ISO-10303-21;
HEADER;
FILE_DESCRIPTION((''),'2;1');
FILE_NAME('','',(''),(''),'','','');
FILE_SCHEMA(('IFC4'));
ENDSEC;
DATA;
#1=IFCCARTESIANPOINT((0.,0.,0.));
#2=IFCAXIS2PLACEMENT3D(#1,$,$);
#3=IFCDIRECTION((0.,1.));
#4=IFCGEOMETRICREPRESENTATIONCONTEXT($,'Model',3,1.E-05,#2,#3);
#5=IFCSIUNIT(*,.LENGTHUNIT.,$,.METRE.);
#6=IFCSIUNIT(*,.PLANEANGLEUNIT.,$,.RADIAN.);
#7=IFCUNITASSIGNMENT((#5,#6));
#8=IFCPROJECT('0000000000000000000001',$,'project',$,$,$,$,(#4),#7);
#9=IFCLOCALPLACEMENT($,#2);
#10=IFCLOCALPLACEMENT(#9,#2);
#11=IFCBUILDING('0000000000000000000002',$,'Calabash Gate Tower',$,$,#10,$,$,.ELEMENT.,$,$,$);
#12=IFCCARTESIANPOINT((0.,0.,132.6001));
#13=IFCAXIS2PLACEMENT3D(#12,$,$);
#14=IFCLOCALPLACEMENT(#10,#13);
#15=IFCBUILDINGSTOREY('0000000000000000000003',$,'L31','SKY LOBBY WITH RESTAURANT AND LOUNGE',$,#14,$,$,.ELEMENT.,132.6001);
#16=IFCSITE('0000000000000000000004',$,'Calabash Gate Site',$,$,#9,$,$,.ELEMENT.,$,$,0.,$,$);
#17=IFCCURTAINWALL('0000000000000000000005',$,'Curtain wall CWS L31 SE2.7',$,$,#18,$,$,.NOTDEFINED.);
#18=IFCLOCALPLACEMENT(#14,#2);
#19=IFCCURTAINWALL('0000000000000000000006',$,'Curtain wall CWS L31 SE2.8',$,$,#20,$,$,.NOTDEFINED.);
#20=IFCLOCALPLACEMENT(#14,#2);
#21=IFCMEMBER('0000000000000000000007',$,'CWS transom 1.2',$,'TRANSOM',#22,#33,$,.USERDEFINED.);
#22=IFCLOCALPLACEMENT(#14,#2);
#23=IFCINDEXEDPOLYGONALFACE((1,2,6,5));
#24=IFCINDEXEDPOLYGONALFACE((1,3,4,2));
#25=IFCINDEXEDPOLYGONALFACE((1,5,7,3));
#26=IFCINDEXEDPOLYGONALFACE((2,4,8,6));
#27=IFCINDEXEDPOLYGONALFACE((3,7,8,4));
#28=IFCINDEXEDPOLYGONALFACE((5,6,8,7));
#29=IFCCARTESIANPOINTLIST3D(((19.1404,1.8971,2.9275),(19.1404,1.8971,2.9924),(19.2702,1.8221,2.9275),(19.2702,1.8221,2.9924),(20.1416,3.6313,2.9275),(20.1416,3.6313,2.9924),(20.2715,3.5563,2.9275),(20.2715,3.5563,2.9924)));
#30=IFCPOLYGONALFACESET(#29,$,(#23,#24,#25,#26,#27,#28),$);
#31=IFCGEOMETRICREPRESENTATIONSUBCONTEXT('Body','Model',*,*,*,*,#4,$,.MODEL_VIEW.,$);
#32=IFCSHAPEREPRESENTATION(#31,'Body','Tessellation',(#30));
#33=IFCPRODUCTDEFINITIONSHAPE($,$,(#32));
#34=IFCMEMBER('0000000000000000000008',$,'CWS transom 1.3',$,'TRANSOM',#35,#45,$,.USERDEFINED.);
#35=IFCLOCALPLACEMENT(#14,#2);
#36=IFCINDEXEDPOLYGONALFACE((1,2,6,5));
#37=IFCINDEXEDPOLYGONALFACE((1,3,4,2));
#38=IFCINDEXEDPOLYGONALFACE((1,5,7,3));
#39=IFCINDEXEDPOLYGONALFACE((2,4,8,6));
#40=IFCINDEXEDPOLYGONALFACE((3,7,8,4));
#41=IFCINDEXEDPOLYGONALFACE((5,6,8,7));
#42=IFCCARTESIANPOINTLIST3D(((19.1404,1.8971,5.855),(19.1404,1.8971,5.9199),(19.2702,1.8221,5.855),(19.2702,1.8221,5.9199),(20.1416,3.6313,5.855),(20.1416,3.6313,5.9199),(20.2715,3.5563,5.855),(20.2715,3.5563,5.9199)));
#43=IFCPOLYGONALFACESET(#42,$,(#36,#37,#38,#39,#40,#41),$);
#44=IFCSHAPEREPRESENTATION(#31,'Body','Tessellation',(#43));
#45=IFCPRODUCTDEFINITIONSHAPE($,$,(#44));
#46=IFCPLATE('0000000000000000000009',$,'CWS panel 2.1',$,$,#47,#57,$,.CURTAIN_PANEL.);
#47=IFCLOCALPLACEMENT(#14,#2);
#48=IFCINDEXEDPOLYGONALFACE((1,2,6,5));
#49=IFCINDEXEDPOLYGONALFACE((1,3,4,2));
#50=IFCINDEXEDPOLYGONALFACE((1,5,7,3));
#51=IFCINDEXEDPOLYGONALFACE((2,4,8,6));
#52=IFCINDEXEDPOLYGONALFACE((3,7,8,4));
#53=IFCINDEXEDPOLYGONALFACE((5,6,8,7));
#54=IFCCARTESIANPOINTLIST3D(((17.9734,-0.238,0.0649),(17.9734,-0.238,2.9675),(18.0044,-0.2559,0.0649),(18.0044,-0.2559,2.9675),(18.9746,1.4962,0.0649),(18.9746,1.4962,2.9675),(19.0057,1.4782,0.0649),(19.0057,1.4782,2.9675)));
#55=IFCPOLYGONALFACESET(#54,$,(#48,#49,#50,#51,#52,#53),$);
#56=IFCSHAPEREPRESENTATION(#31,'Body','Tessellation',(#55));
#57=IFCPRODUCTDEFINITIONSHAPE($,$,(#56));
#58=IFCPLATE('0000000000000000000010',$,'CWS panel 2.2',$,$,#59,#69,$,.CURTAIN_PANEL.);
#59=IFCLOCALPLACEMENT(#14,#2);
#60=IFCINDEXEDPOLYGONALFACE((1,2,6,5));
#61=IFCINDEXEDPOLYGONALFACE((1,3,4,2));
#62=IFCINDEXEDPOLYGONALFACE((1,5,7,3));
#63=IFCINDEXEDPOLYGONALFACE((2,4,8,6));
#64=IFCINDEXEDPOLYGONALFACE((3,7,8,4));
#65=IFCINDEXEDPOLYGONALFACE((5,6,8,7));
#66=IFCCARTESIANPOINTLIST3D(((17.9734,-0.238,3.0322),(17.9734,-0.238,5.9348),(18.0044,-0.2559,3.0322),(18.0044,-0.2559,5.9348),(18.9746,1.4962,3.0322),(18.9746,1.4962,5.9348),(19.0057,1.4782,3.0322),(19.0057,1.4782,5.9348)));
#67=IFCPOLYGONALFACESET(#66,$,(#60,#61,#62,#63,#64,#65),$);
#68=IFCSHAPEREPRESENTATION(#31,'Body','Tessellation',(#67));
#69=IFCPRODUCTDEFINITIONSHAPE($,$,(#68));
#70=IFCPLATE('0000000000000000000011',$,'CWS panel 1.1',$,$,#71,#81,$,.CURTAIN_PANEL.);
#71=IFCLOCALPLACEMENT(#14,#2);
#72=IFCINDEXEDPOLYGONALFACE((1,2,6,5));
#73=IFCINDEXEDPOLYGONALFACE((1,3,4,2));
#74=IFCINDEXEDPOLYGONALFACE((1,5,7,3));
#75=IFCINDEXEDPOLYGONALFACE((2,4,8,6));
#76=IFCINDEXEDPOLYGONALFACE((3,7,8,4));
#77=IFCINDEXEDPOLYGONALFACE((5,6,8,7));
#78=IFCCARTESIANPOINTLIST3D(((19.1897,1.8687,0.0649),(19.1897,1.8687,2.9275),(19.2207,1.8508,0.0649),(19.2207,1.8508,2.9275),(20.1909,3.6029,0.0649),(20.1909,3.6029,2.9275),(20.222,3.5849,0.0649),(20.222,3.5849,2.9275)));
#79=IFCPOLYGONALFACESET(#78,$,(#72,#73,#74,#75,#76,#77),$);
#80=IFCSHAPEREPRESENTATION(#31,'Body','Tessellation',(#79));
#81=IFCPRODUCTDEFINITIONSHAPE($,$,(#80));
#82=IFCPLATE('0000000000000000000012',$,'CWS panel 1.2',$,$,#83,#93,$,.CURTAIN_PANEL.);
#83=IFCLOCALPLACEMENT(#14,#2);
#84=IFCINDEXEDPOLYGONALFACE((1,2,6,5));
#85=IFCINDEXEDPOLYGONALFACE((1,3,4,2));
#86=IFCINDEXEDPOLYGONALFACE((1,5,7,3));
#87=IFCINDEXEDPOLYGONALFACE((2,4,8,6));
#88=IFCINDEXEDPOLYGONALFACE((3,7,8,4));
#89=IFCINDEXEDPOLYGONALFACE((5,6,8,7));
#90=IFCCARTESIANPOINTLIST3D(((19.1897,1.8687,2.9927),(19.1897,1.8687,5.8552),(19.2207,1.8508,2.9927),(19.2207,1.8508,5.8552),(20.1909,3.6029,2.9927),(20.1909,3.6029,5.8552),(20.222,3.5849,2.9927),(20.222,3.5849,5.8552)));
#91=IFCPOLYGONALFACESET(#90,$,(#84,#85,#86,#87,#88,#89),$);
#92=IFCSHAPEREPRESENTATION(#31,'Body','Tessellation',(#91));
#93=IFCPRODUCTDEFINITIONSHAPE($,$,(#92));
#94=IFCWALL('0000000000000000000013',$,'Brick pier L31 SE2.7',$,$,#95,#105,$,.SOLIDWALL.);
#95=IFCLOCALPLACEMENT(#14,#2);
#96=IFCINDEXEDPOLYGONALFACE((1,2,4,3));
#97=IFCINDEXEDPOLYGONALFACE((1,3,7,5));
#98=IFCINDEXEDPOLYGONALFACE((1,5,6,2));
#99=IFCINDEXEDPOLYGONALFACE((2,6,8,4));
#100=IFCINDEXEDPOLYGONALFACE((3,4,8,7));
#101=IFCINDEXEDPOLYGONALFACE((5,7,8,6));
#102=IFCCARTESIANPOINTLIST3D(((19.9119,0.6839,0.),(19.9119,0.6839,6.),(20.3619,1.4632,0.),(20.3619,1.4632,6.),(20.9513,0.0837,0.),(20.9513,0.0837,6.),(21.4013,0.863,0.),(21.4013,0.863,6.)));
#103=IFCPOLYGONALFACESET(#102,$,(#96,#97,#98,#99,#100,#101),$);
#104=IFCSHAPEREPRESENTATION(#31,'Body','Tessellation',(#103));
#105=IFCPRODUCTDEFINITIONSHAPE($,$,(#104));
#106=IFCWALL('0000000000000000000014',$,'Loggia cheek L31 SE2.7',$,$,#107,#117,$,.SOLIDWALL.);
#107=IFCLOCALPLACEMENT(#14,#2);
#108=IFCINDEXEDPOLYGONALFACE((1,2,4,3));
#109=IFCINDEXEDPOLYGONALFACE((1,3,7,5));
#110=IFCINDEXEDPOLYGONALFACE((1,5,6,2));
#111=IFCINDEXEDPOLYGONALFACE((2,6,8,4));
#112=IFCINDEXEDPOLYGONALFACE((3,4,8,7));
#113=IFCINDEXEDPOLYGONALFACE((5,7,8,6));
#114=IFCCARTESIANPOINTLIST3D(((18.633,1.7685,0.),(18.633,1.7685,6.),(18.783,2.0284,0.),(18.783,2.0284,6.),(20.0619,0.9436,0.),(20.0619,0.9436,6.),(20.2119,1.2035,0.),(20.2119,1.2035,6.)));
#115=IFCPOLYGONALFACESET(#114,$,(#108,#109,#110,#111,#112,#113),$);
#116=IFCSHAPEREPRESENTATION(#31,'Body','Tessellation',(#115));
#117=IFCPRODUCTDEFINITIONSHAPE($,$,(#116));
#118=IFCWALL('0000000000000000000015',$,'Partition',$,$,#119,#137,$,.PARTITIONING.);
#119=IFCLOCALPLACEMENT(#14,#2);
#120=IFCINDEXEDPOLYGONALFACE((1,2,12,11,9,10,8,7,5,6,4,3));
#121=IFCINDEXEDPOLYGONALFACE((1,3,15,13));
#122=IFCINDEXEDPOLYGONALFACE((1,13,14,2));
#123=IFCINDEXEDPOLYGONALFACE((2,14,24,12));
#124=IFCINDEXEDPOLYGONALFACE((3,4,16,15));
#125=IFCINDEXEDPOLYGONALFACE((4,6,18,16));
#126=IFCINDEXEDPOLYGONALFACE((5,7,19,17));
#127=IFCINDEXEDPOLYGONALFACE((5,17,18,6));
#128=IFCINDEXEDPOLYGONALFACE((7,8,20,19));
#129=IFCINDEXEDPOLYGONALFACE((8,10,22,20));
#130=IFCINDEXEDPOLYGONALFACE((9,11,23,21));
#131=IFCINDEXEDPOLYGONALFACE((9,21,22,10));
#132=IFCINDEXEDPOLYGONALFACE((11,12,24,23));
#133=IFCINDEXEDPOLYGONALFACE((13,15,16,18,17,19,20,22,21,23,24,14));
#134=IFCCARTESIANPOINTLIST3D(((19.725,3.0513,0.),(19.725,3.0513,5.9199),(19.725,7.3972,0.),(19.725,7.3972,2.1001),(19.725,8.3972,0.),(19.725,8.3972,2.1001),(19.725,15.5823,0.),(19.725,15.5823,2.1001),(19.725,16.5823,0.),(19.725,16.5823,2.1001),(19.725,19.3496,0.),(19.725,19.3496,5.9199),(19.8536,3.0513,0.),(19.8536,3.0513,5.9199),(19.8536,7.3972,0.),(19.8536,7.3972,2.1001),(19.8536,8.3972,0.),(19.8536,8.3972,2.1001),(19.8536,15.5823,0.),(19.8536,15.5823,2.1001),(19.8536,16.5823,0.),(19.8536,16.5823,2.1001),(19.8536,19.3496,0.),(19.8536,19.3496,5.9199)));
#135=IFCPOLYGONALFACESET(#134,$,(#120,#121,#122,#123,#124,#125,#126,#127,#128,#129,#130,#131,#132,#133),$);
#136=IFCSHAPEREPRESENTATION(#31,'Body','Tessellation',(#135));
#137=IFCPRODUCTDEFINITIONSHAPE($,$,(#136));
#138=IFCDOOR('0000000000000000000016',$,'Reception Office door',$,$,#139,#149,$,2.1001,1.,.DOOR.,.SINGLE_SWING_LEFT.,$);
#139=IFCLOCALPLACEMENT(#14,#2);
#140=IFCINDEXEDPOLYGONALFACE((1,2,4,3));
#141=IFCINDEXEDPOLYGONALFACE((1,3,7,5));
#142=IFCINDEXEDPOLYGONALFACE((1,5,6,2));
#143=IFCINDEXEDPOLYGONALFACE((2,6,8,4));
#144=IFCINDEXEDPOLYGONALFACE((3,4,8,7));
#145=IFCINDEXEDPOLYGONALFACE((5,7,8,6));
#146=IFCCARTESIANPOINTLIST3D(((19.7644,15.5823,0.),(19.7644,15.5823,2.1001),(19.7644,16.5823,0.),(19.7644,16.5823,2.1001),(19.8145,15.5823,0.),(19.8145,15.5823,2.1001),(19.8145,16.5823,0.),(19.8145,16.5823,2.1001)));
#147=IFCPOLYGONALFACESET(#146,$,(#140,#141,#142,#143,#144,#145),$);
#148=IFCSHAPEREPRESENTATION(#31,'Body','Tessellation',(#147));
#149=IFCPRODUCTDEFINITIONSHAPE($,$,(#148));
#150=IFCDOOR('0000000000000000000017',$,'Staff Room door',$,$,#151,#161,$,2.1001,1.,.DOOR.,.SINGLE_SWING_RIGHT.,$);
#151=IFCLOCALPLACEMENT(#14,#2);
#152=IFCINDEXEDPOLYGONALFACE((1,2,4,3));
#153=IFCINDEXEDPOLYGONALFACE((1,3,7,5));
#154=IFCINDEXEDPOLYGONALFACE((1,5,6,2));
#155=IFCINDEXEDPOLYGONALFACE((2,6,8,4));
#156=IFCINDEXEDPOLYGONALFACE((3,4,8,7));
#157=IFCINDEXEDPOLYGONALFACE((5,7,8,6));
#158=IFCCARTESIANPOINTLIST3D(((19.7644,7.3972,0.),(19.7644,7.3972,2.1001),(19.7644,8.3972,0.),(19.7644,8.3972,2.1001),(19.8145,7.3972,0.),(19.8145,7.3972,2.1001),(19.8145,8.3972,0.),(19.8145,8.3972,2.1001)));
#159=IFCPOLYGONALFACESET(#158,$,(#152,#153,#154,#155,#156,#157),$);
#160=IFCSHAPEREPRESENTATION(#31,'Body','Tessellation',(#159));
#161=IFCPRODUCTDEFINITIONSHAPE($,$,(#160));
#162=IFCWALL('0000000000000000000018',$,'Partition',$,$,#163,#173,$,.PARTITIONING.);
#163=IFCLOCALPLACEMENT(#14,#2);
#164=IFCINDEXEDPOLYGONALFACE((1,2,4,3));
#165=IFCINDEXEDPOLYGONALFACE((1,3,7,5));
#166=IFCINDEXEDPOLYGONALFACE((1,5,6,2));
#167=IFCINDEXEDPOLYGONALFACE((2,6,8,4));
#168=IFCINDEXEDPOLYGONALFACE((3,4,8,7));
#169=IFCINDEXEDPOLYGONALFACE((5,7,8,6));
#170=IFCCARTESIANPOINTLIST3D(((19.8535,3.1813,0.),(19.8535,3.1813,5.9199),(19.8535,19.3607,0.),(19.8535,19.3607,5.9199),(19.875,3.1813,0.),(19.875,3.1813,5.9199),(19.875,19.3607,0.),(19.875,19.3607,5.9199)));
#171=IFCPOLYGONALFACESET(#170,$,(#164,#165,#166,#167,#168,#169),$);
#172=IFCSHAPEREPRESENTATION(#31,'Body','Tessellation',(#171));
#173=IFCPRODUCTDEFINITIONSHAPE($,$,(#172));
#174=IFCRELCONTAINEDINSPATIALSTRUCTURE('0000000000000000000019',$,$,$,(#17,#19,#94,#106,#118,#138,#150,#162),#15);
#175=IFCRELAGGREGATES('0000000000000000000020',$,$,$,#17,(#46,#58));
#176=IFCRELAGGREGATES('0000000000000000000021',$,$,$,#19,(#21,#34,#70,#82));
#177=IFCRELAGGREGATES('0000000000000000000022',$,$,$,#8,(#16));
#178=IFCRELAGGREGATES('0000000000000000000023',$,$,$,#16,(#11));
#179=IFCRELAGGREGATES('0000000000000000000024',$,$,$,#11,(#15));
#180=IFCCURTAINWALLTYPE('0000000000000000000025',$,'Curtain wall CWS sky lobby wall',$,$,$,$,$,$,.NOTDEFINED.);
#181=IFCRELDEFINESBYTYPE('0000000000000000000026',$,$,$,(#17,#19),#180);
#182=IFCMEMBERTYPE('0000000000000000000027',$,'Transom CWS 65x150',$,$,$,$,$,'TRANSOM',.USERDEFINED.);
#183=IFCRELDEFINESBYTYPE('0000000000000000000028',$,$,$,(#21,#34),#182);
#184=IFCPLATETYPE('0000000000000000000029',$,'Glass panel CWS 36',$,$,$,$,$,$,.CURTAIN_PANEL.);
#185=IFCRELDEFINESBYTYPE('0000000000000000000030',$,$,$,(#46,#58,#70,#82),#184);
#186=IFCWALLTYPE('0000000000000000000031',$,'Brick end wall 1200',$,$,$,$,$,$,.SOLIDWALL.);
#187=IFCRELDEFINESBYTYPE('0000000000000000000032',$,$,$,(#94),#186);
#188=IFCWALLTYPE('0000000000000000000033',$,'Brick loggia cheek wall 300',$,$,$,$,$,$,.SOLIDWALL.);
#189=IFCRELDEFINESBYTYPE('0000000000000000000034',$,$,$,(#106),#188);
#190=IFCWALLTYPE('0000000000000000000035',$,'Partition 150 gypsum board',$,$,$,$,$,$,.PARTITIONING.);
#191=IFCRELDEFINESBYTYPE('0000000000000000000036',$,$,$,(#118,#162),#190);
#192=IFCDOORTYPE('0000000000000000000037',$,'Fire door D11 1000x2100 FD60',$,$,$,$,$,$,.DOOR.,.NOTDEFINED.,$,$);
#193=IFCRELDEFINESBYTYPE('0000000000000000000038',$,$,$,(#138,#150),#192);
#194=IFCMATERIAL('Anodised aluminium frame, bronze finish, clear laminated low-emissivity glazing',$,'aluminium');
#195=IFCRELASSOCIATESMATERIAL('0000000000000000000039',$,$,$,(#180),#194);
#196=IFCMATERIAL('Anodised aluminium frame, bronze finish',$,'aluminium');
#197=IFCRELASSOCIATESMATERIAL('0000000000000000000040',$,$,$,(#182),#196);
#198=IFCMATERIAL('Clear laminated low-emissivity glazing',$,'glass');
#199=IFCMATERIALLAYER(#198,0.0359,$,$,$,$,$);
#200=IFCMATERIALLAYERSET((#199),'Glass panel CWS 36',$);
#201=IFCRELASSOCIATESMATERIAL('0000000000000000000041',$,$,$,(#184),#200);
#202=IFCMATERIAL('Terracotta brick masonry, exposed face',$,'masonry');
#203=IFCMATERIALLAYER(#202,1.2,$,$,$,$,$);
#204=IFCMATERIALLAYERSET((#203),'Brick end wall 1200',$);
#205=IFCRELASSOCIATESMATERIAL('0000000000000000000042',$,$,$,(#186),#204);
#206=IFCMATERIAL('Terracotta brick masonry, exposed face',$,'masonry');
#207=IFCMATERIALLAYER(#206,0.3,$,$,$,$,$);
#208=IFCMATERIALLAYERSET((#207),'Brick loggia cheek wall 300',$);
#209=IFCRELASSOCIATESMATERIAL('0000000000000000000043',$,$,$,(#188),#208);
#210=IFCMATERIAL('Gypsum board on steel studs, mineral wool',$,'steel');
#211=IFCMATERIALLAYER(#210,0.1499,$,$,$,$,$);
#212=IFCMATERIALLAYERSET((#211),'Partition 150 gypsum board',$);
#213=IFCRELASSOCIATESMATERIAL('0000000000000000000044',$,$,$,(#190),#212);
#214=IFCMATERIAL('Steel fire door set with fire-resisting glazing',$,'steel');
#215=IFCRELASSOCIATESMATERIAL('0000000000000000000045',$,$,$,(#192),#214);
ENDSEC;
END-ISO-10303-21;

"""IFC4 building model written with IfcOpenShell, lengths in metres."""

from ifc_helpers import new_model, si_unit, direction, frame, frame_2d, origin, origin_2d, place, context, subcontext, project, spatial, rectangle, extrude, material, layer, layer_set, material_profile, profile_set, type_object, element, fill, aggregate, save


model = new_model("IFC4")

# Units and contexts
model_context = context("Model", 3, precision=1e-05, world=origin(), true_north=direction((0.0, 1.0)))
body_context = subcontext(model_context, "Body", "Model", "MODEL_VIEW")
ifc_project = project(units=[si_unit("LENGTHUNIT", "METRE"), si_unit("PLANEANGLEUNIT", "RADIAN")], contexts=[model_context])

# Site, building, storey
site_placement = place(None, origin())
site = spatial("IfcSite", under=ifc_project, at=site_placement, Name="Calabash Gate Site", CompositionType="ELEMENT", RefElevation=0.0)
building_placement = place(site_placement, origin())
building = spatial("IfcBuilding", under=site, at=building_placement, Name="Calabash Gate Tower", CompositionType="ELEMENT")
storey_placement = place(building_placement, frame((0.0, 0.0, 132.6001)))
storey = spatial("IfcBuildingStorey", under=building, at=storey_placement, Name="L31", Description="SKY LOBBY WITH RESTAURANT AND LOUNGE", CompositionType="ELEMENT", Elevation=132.6001)

# Curtain walls
ifc_material_1 = material(Name="Anodised aluminium frame, bronze finish, clear laminated low-emissivity glazing", Category="aluminium")
curtain_wall_type = type_object("IfcCurtainWallType", Name="Curtain wall CWS sky lobby wall", PredefinedType="NOTDEFINED", material=ifc_material_1)
curtain_wall_1_placement = place(storey_placement, origin())
curtain_wall_1 = element("IfcCurtainWall", 1, at=curtain_wall_1_placement, inside=storey, type_object=curtain_wall_type, Name="Curtain wall CWS L31 SE2.7", PredefinedType="NOTDEFINED")
curtain_wall_2_placement = place(storey_placement, origin())
curtain_wall_2 = element("IfcCurtainWall", 2, at=curtain_wall_2_placement, inside=storey, type_object=curtain_wall_type, Name="Curtain wall CWS L31 SE2.8", PredefinedType="NOTDEFINED")

# Members
ifc_material_2 = material(Name="Anodised aluminium frame, bronze finish", Category="aluminium")
ifc_material_profile_1 = material_profile(ifc_material_2, rectangle(XDim=0.1499, YDim=0.0649, at=origin_2d()))
ifc_profile_set_1 = profile_set([ifc_material_profile_1], Name="Anodised aluminium frame, bronze finish")
member_type_1 = type_object("IfcMemberType", Name="Transom CWS 65x150", ElementType="TRANSOM", PredefinedType="USERDEFINED", material=ifc_profile_set_1)
member_1_placement = place(storey_placement, frame((19.2053, 1.8596, 2.96), z_axis=(0.500007, 0.866021, 0.0), x_axis=(-0.866021, 0.500007, 0.0)))
member_1 = element("IfcMember", 3, at=member_1_placement, type_object=member_type_1, Name="CWS transom 1.2", ObjectType="TRANSOM", PredefinedType="USERDEFINED", context=body_context, shape_type="SweptSolid", body=[
    extrude(rectangle(XDim=0.1499, YDim=0.0649, at=origin_2d()), origin(), (0.0, 0.0, 1.0), 2.0024),
])
member_2_placement = place(storey_placement, frame((19.2053, 1.8596, 5.8875), z_axis=(0.500007, 0.866021, 0.0), x_axis=(-0.866021, 0.500007, 0.0)))
member_2 = element("IfcMember", 4, at=member_2_placement, type_object=member_type_1, Name="CWS transom 1.3", ObjectType="TRANSOM", PredefinedType="USERDEFINED", context=body_context, shape_type="SweptSolid", body=[
    extrude(rectangle(XDim=0.1499, YDim=0.0649, at=origin_2d()), origin(), (0.0, 0.0, 1.0), 2.0024),
])

# Plates
ifc_material_3 = material(Name="Clear laminated low-emissivity glazing", Category="glass")
ifc_layer_1 = layer(ifc_material_3, 0.0359)
ifc_layer_set_1 = layer_set([ifc_layer_1], Name="Glass panel CWS 36")
plate_type = type_object("IfcPlateType", Name="Glass panel CWS 36", PredefinedType="CURTAIN_PANEL", material=ifc_layer_set_1)
plate_1_placement = place(storey_placement, frame((18.4895, 0.6201, 0.0649), z_axis=(0.0, 0.0, 1.0), x_axis=(0.5, 0.866025, 0.0)))
plate_1 = element("IfcPlate", 5, at=plate_1_placement, type_object=plate_type, Name="CWS panel 2.1", PredefinedType="CURTAIN_PANEL", context=body_context, shape_type="SweptSolid", body=[
    extrude(rectangle(XDim=2.0024, YDim=0.0359, at=origin_2d()), origin(), (0.0, 0.0, 1.0), 2.9026),
])
plate_2_placement = place(storey_placement, frame((18.4895, 0.6201, 3.0322), z_axis=(0.0, 0.0, 1.0), x_axis=(0.5, 0.866025, 0.0)))
plate_2 = element("IfcPlate", 6, at=plate_2_placement, type_object=plate_type, Name="CWS panel 2.2", PredefinedType="CURTAIN_PANEL", context=body_context, shape_type="SweptSolid", body=[
    extrude(rectangle(XDim=2.0024, YDim=0.0359, at=origin_2d()), origin(), (0.0, 0.0, 1.0), 2.9026),
])
aggregate(curtain_wall_1, [plate_1, plate_2])
plate_3_placement = place(storey_placement, frame((19.7058, 2.7268, 0.0649), z_axis=(0.0, 0.0, 1.0), x_axis=(0.5, 0.866025, 0.0)))
plate_3 = element("IfcPlate", 7, at=plate_3_placement, type_object=plate_type, Name="CWS panel 1.1", PredefinedType="CURTAIN_PANEL", context=body_context, shape_type="SweptSolid", body=[
    extrude(rectangle(XDim=2.0024, YDim=0.0359, at=origin_2d()), origin(), (0.0, 0.0, 1.0), 2.8625),
])
plate_4_placement = place(storey_placement, frame((19.7058, 2.7268, 2.9927), z_axis=(0.0, 0.0, 1.0), x_axis=(0.5, 0.866025, 0.0)))
plate_4 = element("IfcPlate", 8, at=plate_4_placement, type_object=plate_type, Name="CWS panel 1.2", PredefinedType="CURTAIN_PANEL", context=body_context, shape_type="SweptSolid", body=[
    extrude(rectangle(XDim=2.0024, YDim=0.0359, at=origin_2d()), origin(), (0.0, 0.0, 1.0), 2.8625),
])
aggregate(curtain_wall_2, [member_1, member_2, plate_3, plate_4])

# Walls
ifc_material_4 = material(Name="Terracotta brick masonry, exposed face", Category="masonry")
ifc_layer_2 = layer(ifc_material_4, 1.2)
ifc_layer_set_2 = layer_set([ifc_layer_2], Name="Brick end wall 1200")
wall_type_1 = type_object("IfcWallType", Name="Brick end wall 1200", PredefinedType="SOLIDWALL", material=ifc_layer_set_2)
wall_1_placement = place(storey_placement, frame((21.1763, 0.4734, 0.0), z_axis=(0.0, 0.0, 1.0), x_axis=(-0.866006, 0.500034, 0.0)))
element("IfcWall", 9, at=wall_1_placement, inside=storey, type_object=wall_type_1, Name="Brick pier L31 SE2.7", PredefinedType="SOLIDWALL", context=body_context, shape_type="SweptSolid", body=[
    extrude(rectangle(XDim=1.2002, YDim=0.8999, at=frame_2d((0.6001, 0.0))), origin(), (0.0, 0.0, 1.0), 6.0),
])
ifc_material_5 = material(Name="Terracotta brick masonry, exposed face", Category="masonry")
ifc_layer_3 = layer(ifc_material_5, 0.3)
ifc_layer_set_3 = layer_set([ifc_layer_3], Name="Brick loggia cheek wall 300")
wall_type_2 = type_object("IfcWallType", Name="Brick loggia cheek wall 300", PredefinedType="SOLIDWALL", material=ifc_layer_set_3)
wall_2_placement = place(storey_placement, frame((18.708, 1.8984, 0.0), z_axis=(0.0, 0.0, 1.0), x_axis=(0.86604, -0.499974, 0.0)))
element("IfcWall", 10, at=wall_2_placement, inside=storey, type_object=wall_type_2, Name="Loggia cheek L31 SE2.7", PredefinedType="SOLIDWALL", context=body_context, shape_type="SweptSolid", body=[
    extrude(rectangle(XDim=1.6499, YDim=0.3, at=frame_2d((0.825, 0.0))), origin(), (0.0, 0.0, 1.0), 6.0),
])

# Wall, openings, doors
ifc_material_6 = material(Name="Gypsum board on steel studs, mineral wool", Category="steel")
ifc_layer_4 = layer(ifc_material_6, 0.1499)
ifc_layer_set_4 = layer_set([ifc_layer_4], Name="Partition 150 gypsum board")
wall_type_3 = type_object("IfcWallType", Name="Partition 150 gypsum board", PredefinedType="PARTITIONING", material=ifc_layer_set_4)
wall_3_placement = place(storey_placement, frame((19.7893, 3.0513, 0.0), z_axis=(0.0, 0.0, 1.0), x_axis=(0.0, 1.0, 0.0)))
wall_3 = element("IfcWall", 11, at=wall_3_placement, inside=storey, type_object=wall_type_3, Name="Partition", PredefinedType="PARTITIONING", context=body_context, shape_type="SweptSolid", body=[
    extrude(rectangle(XDim=16.2983, YDim=0.1287, at=frame_2d((8.1492, 0.0))), origin(), (0.0, 0.0, 1.0), 5.9199),
])
opening_1_placement = place(wall_3_placement, frame((12.531, 0.0, 0.0)))
opening_1 = element("IfcOpeningElement", 12, at=opening_1_placement, cuts=wall_3, PredefinedType="OPENING", context=body_context, shape_type="SweptSolid", body=[
    extrude(rectangle(XDim=1.0, YDim=2.1001, at=frame_2d((0.5, 1.05))), frame((0.0, 0.0742, 0.0), z_axis=(0.0, -1.0, 0.0), x_axis=(1.0, 0.0, 0.0)), (0.0, 0.0, 1.0), 0.1487),
])
opening_2_placement = place(wall_3_placement, frame((4.3459, 0.0, 0.0)))
opening_2 = element("IfcOpeningElement", 13, at=opening_2_placement, cuts=wall_3, PredefinedType="OPENING", context=body_context, shape_type="SweptSolid", body=[
    extrude(rectangle(XDim=1.0, YDim=2.1001, at=frame_2d((0.5, 1.05))), frame((0.0, 0.0742, 0.0), z_axis=(0.0, -1.0, 0.0), x_axis=(1.0, 0.0, 0.0)), (0.0, 0.0, 1.0), 0.1487),
])
ifc_material_7 = material(Name="Steel fire door set with fire-resisting glazing", Category="steel")
door_type = type_object("IfcDoorType", Name="Fire door D11 1000x2100 FD60", OperationType="NOTDEFINED", PredefinedType="DOOR", material=ifc_material_7)
door_1_placement = place(opening_1_placement, origin())
door_1 = element("IfcDoor", 14, at=door_1_placement, inside=storey, type_object=door_type, Name="Reception Office door", OperationType="SINGLE_SWING_LEFT", OverallHeight=2.1001, OverallWidth=1.0, PredefinedType="DOOR", context=body_context, shape_type="SweptSolid", body=[
    extrude(rectangle(XDim=1.0, YDim=2.1001, at=frame_2d((0.5, 1.05))), frame((0.0, 0.0249, 0.0), z_axis=(0.0, -1.0, 0.0), x_axis=(1.0, 0.0, 0.0)), (0.0, 0.0, 1.0), 0.05),
])
fill(opening_1, door_1)
door_2_placement = place(opening_2_placement, origin())
door_2 = element("IfcDoor", 15, at=door_2_placement, inside=storey, type_object=door_type, Name="Staff Room door", OperationType="SINGLE_SWING_RIGHT", OverallHeight=2.1001, OverallWidth=1.0, PredefinedType="DOOR", context=body_context, shape_type="SweptSolid", body=[
    extrude(rectangle(XDim=1.0, YDim=2.1001, at=frame_2d((0.5, 1.05))), frame((0.0, 0.0249, 0.0), z_axis=(0.0, -1.0, 0.0), x_axis=(1.0, 0.0, 0.0)), (0.0, 0.0, 1.0), 0.05),
])
fill(opening_2, door_2)

# Wall
wall_4_placement = place(storey_placement, frame((19.8643, 3.1812, 0.0), z_axis=(0.0, 0.0, 1.0), x_axis=(0.0, 1.0, 0.0)))
element("IfcWall", 16, at=wall_4_placement, inside=storey, type_object=wall_type_3, Name="Partition", PredefinedType="PARTITIONING", context=body_context, shape_type="SweptSolid", body=[
    extrude(rectangle(XDim=16.1794, YDim=0.0215, at=frame_2d((8.0898, 0.0))), origin(), (0.0, 0.0, 1.0), 5.9199),
])

save(model, "model.ifc")
